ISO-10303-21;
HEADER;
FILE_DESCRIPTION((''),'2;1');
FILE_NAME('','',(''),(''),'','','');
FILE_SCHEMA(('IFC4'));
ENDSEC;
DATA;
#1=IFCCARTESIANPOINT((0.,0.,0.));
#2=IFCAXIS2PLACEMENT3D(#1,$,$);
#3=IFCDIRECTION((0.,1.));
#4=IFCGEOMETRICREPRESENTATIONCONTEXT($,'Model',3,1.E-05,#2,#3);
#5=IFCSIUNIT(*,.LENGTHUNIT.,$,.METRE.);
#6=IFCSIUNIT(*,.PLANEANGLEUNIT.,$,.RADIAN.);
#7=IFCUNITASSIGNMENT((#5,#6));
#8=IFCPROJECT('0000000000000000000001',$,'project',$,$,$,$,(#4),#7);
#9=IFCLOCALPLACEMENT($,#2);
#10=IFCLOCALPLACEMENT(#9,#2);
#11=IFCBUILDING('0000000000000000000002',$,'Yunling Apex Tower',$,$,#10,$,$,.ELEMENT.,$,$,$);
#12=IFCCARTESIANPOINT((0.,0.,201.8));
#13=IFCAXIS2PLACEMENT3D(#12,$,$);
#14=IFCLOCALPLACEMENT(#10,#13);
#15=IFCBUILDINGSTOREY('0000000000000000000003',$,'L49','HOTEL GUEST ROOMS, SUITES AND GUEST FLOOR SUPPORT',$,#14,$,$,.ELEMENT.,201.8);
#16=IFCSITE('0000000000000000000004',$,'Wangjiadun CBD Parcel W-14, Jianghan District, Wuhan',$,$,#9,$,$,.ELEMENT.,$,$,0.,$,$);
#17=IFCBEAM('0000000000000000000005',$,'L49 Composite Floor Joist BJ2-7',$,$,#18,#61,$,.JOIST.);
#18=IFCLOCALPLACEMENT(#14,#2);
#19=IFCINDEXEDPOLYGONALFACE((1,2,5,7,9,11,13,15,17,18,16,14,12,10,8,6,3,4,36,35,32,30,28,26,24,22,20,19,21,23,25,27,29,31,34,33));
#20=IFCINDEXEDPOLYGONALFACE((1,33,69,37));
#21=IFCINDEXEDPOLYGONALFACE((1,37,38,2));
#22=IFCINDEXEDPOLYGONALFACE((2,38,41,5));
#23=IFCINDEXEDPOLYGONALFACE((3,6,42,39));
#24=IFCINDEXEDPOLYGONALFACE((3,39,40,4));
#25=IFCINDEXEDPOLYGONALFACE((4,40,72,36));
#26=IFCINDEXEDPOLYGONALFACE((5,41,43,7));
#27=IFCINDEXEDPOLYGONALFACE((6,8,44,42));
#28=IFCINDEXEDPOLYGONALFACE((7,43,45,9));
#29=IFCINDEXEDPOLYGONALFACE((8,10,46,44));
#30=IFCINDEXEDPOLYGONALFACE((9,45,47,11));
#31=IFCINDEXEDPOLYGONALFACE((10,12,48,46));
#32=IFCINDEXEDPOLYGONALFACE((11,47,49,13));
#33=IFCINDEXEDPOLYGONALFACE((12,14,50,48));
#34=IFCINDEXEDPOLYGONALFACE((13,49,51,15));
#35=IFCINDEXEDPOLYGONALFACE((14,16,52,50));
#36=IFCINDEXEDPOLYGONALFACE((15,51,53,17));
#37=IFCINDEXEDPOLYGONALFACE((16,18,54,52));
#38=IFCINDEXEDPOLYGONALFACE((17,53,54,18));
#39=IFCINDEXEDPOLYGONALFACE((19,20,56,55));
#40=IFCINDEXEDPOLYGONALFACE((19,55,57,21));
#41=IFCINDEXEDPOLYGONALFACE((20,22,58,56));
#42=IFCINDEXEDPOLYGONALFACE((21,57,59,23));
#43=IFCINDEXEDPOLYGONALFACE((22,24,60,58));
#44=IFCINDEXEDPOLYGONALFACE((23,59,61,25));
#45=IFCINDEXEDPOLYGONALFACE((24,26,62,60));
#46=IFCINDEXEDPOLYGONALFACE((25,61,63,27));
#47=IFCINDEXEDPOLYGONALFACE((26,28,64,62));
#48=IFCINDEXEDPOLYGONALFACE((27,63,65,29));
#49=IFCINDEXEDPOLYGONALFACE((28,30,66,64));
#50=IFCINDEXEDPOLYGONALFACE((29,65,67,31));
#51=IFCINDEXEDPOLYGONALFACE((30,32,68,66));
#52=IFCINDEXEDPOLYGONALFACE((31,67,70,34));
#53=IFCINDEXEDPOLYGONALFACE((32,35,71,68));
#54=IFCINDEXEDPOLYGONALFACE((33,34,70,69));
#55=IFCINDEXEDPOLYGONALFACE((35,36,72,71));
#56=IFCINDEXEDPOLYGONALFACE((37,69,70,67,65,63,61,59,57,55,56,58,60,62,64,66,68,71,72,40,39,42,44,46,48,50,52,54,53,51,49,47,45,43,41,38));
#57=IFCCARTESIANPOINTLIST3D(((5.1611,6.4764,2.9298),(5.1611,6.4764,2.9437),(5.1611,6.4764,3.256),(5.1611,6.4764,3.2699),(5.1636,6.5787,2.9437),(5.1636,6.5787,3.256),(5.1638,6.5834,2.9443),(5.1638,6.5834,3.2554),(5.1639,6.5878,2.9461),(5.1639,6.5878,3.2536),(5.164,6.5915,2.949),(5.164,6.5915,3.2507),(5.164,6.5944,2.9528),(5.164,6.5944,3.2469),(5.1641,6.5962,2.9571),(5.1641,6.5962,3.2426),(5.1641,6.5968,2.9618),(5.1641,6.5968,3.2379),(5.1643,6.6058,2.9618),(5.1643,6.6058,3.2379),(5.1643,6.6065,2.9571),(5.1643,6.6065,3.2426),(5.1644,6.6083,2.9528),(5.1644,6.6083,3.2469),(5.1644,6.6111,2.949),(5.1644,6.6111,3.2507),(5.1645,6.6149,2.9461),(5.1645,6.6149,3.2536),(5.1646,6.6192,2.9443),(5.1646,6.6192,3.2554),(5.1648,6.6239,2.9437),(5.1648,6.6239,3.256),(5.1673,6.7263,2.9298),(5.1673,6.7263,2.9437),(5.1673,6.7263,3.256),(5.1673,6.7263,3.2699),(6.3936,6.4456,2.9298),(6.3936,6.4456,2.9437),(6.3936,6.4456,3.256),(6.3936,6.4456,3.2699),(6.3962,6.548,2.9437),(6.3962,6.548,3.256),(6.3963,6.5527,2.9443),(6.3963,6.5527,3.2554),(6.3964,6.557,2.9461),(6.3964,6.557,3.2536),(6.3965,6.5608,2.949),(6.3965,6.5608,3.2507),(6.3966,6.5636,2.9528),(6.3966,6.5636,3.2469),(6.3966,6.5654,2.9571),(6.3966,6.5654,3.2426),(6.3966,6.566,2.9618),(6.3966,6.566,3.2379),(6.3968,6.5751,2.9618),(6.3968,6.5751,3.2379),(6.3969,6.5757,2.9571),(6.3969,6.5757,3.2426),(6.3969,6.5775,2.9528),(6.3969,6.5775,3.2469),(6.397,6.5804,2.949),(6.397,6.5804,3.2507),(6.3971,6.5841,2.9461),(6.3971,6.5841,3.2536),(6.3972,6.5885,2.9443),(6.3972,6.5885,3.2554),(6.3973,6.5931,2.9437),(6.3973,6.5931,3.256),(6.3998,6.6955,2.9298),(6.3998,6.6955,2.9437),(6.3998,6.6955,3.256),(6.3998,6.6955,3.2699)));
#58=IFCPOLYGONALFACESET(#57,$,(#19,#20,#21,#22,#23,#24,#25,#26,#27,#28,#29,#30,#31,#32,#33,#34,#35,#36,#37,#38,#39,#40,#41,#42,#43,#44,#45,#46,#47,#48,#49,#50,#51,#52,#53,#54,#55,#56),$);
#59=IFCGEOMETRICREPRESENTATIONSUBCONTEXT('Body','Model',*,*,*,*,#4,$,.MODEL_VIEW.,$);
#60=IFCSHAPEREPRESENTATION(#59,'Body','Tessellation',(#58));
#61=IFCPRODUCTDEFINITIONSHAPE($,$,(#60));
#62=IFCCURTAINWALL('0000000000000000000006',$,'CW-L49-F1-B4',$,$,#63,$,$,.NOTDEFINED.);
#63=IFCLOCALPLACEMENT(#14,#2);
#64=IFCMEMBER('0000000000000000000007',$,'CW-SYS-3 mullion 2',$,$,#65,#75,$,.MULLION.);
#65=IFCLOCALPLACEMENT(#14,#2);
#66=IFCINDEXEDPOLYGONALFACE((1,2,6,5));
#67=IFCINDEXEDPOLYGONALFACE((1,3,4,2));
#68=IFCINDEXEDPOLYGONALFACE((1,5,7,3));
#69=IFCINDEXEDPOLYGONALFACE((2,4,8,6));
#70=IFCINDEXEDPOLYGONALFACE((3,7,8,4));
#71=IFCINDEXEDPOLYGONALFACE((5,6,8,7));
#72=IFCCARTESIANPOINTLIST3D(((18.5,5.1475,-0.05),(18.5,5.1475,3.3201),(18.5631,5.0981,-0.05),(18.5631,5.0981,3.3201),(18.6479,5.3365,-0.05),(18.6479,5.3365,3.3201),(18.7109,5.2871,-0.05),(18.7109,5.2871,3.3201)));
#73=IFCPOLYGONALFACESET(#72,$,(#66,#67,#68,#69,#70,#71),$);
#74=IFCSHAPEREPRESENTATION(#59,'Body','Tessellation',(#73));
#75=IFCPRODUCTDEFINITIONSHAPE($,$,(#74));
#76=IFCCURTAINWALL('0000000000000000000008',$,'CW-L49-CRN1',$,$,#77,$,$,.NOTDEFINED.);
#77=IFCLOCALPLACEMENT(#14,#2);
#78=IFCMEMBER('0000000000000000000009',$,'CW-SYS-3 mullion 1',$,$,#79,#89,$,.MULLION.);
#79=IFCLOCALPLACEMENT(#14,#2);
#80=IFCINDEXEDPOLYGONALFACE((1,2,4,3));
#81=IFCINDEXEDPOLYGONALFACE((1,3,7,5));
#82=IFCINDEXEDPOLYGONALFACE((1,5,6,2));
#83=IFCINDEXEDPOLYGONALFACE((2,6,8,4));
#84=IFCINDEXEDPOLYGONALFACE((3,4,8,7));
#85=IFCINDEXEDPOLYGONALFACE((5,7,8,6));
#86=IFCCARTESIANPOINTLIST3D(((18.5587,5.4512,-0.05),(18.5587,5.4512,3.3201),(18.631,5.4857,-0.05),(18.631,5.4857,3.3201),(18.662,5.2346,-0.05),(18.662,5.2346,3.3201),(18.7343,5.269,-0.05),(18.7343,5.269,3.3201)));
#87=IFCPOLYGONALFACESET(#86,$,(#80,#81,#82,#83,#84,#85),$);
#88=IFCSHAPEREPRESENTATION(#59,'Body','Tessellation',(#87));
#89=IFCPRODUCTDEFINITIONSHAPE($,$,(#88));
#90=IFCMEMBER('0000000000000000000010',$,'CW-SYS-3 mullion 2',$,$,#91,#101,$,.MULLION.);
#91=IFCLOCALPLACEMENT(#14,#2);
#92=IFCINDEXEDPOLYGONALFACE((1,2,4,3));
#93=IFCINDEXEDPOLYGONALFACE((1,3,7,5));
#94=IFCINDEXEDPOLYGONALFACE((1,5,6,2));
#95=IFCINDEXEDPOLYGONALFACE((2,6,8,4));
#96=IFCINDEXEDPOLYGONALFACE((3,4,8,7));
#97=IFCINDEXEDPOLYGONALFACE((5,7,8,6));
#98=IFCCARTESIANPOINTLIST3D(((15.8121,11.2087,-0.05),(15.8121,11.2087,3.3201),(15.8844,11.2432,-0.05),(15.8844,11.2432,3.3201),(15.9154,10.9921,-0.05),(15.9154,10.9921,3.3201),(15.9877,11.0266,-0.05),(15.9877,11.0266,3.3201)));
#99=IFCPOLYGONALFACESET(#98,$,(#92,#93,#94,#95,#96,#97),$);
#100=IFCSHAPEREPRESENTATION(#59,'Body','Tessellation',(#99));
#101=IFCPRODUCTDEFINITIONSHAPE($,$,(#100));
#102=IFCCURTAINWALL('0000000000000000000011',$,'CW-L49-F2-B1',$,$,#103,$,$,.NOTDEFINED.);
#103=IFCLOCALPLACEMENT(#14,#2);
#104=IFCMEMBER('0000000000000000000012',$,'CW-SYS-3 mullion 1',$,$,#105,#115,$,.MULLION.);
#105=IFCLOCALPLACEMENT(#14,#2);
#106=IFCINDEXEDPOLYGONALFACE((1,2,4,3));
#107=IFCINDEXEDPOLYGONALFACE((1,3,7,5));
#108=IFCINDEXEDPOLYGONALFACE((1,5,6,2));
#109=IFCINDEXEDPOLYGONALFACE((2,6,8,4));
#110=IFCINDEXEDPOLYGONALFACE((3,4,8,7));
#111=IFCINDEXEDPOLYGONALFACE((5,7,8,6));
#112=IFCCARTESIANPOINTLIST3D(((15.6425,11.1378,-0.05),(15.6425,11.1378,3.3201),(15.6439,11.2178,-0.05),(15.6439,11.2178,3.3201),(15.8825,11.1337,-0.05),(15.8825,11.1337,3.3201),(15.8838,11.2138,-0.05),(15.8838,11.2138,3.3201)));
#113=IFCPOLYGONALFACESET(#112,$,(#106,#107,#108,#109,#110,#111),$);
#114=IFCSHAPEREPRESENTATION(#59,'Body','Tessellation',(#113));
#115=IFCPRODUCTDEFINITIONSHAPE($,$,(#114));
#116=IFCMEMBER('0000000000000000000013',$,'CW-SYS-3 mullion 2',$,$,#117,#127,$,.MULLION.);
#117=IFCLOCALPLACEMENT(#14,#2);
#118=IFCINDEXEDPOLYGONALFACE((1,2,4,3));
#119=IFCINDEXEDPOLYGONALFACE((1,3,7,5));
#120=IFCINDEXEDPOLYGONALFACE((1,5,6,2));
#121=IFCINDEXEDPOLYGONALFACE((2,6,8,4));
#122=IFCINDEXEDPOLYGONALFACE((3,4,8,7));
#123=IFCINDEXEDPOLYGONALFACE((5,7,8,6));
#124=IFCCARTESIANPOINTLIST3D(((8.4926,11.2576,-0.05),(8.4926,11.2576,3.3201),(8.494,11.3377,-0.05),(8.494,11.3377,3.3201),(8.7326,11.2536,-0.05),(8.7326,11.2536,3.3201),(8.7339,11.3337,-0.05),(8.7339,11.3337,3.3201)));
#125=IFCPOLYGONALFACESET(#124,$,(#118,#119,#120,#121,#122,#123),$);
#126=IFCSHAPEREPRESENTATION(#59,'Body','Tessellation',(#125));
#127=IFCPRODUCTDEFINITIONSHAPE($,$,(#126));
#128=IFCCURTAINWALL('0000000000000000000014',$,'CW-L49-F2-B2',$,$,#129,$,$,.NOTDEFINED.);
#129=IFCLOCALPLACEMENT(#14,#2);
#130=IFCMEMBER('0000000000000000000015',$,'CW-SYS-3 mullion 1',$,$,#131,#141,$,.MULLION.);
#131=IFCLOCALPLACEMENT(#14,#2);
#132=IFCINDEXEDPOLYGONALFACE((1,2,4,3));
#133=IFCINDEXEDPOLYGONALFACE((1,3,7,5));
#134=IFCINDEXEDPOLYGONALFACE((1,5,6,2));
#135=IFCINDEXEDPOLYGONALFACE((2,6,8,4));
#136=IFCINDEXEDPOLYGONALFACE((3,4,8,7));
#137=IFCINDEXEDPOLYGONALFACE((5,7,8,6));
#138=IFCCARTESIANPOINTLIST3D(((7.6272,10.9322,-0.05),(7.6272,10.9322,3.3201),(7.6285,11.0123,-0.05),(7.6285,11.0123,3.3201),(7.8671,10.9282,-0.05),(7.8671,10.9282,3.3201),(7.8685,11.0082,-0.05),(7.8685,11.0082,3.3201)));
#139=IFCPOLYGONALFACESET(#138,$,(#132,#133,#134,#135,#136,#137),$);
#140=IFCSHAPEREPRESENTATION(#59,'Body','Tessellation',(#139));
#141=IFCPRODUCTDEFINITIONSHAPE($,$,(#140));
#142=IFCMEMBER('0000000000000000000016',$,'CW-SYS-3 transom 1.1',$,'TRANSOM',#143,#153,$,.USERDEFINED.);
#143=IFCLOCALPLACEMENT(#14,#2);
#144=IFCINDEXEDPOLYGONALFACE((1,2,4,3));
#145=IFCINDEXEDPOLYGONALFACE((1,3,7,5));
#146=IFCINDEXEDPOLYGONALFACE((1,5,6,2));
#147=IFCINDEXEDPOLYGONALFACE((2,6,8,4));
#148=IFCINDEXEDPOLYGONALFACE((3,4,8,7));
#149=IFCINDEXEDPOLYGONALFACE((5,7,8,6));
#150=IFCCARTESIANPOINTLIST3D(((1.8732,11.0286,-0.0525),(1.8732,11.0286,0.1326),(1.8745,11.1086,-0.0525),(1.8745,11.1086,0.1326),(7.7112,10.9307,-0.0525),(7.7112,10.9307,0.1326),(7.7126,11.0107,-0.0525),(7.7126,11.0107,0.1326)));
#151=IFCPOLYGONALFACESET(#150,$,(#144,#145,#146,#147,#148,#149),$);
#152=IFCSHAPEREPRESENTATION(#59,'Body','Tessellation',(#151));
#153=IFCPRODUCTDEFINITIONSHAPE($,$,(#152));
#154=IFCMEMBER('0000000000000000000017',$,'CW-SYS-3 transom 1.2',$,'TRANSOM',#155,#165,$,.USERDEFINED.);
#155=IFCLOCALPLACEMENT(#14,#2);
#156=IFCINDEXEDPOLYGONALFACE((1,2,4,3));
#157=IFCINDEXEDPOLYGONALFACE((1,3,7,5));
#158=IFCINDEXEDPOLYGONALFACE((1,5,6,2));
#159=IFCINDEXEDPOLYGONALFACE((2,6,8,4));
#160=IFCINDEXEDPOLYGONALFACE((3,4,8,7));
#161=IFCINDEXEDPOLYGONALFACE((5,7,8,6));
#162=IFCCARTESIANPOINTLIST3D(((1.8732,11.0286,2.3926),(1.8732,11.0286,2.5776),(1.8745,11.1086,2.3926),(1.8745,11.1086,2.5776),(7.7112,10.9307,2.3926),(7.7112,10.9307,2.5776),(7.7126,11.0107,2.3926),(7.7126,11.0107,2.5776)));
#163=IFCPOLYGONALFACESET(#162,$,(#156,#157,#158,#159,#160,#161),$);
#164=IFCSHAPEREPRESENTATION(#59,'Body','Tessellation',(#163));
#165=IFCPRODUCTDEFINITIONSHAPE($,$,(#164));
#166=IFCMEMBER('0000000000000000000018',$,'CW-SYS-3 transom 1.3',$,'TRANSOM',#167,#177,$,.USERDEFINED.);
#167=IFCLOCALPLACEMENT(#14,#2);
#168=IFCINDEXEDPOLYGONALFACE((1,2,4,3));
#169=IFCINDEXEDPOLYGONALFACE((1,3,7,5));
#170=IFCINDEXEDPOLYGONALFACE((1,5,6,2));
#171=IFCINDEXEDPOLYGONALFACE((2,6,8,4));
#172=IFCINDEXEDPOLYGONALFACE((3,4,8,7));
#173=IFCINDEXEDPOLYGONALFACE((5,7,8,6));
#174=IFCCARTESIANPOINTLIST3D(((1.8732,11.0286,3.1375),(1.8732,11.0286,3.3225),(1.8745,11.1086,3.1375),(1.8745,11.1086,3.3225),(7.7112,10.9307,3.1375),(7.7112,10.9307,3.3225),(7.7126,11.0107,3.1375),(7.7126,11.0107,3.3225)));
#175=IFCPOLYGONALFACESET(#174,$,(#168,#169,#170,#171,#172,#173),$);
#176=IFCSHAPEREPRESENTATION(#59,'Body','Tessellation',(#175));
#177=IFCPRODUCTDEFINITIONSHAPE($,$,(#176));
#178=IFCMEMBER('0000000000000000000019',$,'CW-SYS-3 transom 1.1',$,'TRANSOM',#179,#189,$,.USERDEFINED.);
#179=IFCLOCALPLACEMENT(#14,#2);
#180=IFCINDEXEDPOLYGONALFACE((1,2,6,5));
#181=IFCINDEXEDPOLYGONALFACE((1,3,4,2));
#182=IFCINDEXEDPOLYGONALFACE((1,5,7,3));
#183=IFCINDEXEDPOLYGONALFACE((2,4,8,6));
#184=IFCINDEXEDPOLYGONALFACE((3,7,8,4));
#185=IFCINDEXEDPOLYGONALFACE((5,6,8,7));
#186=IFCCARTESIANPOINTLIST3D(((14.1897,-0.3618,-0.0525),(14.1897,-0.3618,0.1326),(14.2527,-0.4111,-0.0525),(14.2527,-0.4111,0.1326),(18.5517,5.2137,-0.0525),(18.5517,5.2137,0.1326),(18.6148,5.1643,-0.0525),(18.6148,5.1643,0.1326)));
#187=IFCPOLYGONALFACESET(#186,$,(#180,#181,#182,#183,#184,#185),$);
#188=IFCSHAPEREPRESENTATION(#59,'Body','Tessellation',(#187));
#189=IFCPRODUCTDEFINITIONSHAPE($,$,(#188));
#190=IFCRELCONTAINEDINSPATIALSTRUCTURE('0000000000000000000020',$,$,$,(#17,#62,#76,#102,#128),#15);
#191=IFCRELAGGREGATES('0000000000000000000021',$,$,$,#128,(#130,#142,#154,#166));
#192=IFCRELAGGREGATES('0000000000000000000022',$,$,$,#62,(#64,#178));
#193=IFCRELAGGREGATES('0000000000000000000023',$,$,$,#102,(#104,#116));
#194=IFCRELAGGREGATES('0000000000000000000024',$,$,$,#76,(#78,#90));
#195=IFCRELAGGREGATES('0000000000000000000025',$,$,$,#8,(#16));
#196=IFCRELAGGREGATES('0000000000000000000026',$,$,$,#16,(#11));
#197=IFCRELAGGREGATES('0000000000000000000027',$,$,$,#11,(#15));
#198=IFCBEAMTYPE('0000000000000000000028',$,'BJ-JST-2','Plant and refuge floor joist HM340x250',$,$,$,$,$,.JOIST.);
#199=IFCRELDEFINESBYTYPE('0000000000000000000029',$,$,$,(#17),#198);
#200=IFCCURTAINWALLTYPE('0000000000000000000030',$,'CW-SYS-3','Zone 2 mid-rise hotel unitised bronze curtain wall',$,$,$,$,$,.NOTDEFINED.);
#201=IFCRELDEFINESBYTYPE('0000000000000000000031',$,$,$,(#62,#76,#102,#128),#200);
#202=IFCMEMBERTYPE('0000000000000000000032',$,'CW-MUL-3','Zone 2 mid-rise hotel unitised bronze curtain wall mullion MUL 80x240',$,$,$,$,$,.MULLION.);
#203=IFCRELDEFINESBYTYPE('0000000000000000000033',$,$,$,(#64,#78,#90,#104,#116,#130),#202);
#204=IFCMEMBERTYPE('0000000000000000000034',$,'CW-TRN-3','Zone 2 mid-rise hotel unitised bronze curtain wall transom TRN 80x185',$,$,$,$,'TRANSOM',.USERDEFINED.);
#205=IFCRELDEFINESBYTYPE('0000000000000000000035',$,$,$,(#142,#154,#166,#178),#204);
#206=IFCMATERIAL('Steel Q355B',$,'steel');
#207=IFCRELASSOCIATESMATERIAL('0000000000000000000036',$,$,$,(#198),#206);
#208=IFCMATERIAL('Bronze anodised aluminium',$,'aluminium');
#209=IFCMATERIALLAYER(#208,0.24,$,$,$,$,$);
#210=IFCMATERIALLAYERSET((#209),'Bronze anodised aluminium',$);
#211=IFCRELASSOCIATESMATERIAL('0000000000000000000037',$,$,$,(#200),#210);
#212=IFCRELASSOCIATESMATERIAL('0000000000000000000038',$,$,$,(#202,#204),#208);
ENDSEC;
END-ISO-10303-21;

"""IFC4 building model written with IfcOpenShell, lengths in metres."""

from ifc_helpers import new_model, si_unit, direction, frame, origin, origin_2d, place, context, subcontext, project, spatial, rectangle, i_section, extrude, source, transform, mapped, material, layer, layer_set, material_profile, profile_set, type_object, element, aggregate, save


model = new_model("IFC4")

# Units and contexts
model_context = context("Model", 3, precision=1e-05, world=origin(), true_north=direction((0.0, 1.0)))
body_context = subcontext(model_context, "Body", "Model", "MODEL_VIEW")
ifc_project = project(units=[si_unit("LENGTHUNIT", "METRE"), si_unit("PLANEANGLEUNIT", "RADIAN")], contexts=[model_context])

# Site, building, storey
site_placement = place(None, origin())
site = spatial("IfcSite", under=ifc_project, at=site_placement, Name="Wangjiadun CBD Parcel W-14, Jianghan District, Wuhan", CompositionType="ELEMENT", RefElevation=0.0)
building_placement = place(site_placement, origin())
building = spatial("IfcBuilding", under=site, at=building_placement, Name="Yunling Apex Tower", CompositionType="ELEMENT")
storey_placement = place(building_placement, frame((0.0, 0.0, 201.8)))
storey = spatial("IfcBuildingStorey", under=building, at=storey_placement, Name="L49", Description="HOTEL GUEST ROOMS, SUITES AND GUEST FLOOR SUPPORT", CompositionType="ELEMENT", Elevation=201.8)

# Beam
ifc_material_1 = material(Name="Steel Q355B", Category="steel")
ifc_material_profile_1 = material_profile(ifc_material_1, i_section(OverallWidth=0.25, OverallDepth=0.3401, WebThickness=0.009, FlangeThickness=0.0139, FilletRadius=0.0181, at=origin_2d()))
ifc_profile_set_1 = profile_set([ifc_material_profile_1], Name="Steel Q355B")
beam_type_1 = type_object("IfcBeamType", Name="BJ-JST-2", Description="Plant and refuge floor joist HM340x250", PredefinedType="JOIST", material=ifc_profile_set_1)
shared_shape_1 = source(origin(), body_context, "Body", "SweptSolid", [
    extrude(i_section(OverallWidth=0.25, OverallDepth=0.3401, WebThickness=0.009, FlangeThickness=0.0139, FilletRadius=0.0181, at=origin_2d()), origin(), (0.0, 0.0, 1.0), 1.2329),
])
beam_1_placement = place(storey_placement, frame((6.3967, 6.5706, 3.0999), z_axis=(-0.999689, 0.024953, 0.0), x_axis=(-0.024953, -0.999689, 0.0)))
element("IfcBeam", 1, at=beam_1_placement, inside=storey, type_object=beam_type_1, Name="L49 Composite Floor Joist BJ2-7", PredefinedType="JOIST", context=body_context, shape_type="MappedRepresentation", body=[
    mapped(shared_shape_1, transform((0.0, 0.0, 0.0), scale=1.0)),
])

# Curtain wall, member
ifc_material_2 = material(Name="Bronze anodised aluminium", Category="aluminium")
ifc_layer_1 = layer(ifc_material_2, 0.24)
ifc_layer_set_1 = layer_set([ifc_layer_1], Name="Bronze anodised aluminium")
curtain_wall_type = type_object("IfcCurtainWallType", Name="CW-SYS-3", Description="Zone 2 mid-rise hotel unitised bronze curtain wall", PredefinedType="NOTDEFINED", material=ifc_layer_set_1)
curtain_wall_1_placement = place(storey_placement, origin())
curtain_wall_1 = element("IfcCurtainWall", 2, at=curtain_wall_1_placement, inside=storey, type_object=curtain_wall_type, Name="CW-L49-F1-B4", PredefinedType="NOTDEFINED")
ifc_material_profile_2 = material_profile(ifc_material_2, rectangle(XDim=0.0801, YDim=0.24, at=origin_2d()))
ifc_profile_set_2 = profile_set([ifc_material_profile_2], Name="Bronze anodised aluminium")
member_type_1 = type_object("IfcMemberType", Name="CW-MUL-3", Description="Zone 2 mid-rise hotel unitised bronze curtain wall mullion MUL 80x240", PredefinedType="MULLION", material=ifc_profile_set_2)
shared_shape_2 = source(origin(), body_context, "Body", "SweptSolid", [
    extrude(rectangle(XDim=0.0801, YDim=0.24, at=origin_2d()), origin(), (0.0, 0.0, 1.0), 3.3701),
])
member_1_placement = place(storey_placement, frame((18.6055, 5.2173, -0.05), z_axis=(0.0, 0.0, 1.0), x_axis=(-0.787589, 0.6162, 0.0)))
member_1 = element("IfcMember", 3, at=member_1_placement, type_object=member_type_1, Name="CW-SYS-3 mullion 2", PredefinedType="MULLION", context=body_context, shape_type="MappedRepresentation", body=[
    mapped(shared_shape_2, transform((0.0, 0.0, 0.0), scale=1.0)),
])

# Curtain walls, members
curtain_wall_2_placement = place(storey_placement, origin())
curtain_wall_2 = element("IfcCurtainWall", 4, at=curtain_wall_2_placement, inside=storey, type_object=curtain_wall_type, Name="CW-L49-CRN1", PredefinedType="NOTDEFINED")
member_2_placement = place(storey_placement, frame((18.6465, 5.3601, -0.05), z_axis=(0.0, 0.0, 1.0), x_axis=(-0.902578, -0.430527, 0.0)))
member_2 = element("IfcMember", 5, at=member_2_placement, type_object=member_type_1, Name="CW-SYS-3 mullion 1", PredefinedType="MULLION", context=body_context, shape_type="MappedRepresentation", body=[
    mapped(shared_shape_2, transform((0.0, 0.0, 0.0), scale=1.0)),
])
member_3_placement = place(storey_placement, frame((15.8999, 11.1177, -0.05), z_axis=(0.0, 0.0, 1.0), x_axis=(-0.902578, -0.430527, 0.0)))
member_3 = element("IfcMember", 6, at=member_3_placement, type_object=member_type_1, Name="CW-SYS-3 mullion 2", PredefinedType="MULLION", context=body_context, shape_type="MappedRepresentation", body=[
    mapped(shared_shape_2, transform((0.0, 0.0, 0.0), scale=1.0)),
])
curtain_wall_3_placement = place(storey_placement, origin())
curtain_wall_3 = element("IfcCurtainWall", 7, at=curtain_wall_3_placement, inside=storey, type_object=curtain_wall_type, Name="CW-L49-F2-B1", PredefinedType="NOTDEFINED")
member_4_placement = place(storey_placement, frame((15.7632, 11.1758, -0.05), z_axis=(0.0, 0.0, 1.0), x_axis=(-0.016761, -0.99986, 0.0)))
member_4 = element("IfcMember", 8, at=member_4_placement, type_object=member_type_1, Name="CW-SYS-3 mullion 1", PredefinedType="MULLION", context=body_context, shape_type="MappedRepresentation", body=[
    mapped(shared_shape_2, transform((0.0, 0.0, 0.0), scale=1.0)),
])
member_5_placement = place(storey_placement, frame((8.6133, 11.2957, -0.05), z_axis=(0.0, 0.0, 1.0), x_axis=(-0.016761, -0.99986, 0.0)))
member_5 = element("IfcMember", 9, at=member_5_placement, type_object=member_type_1, Name="CW-SYS-3 mullion 2", PredefinedType="MULLION", context=body_context, shape_type="MappedRepresentation", body=[
    mapped(shared_shape_2, transform((0.0, 0.0, 0.0), scale=1.0)),
])
curtain_wall_4_placement = place(storey_placement, origin())
curtain_wall_4 = element("IfcCurtainWall", 10, at=curtain_wall_4_placement, inside=storey, type_object=curtain_wall_type, Name="CW-L49-F2-B2", PredefinedType="NOTDEFINED")
member_6_placement = place(storey_placement, frame((7.7478, 10.9702, -0.05), z_axis=(0.0, 0.0, 1.0), x_axis=(-0.016759, -0.99986, 0.0)))
member_6 = element("IfcMember", 11, at=member_6_placement, type_object=member_type_1, Name="CW-SYS-3 mullion 1", PredefinedType="MULLION", context=body_context, shape_type="MappedRepresentation", body=[
    mapped(shared_shape_2, transform((0.0, 0.0, 0.0), scale=1.0)),
])
ifc_material_profile_3 = material_profile(ifc_material_2, rectangle(XDim=0.0801, YDim=0.1851, at=origin_2d()))
ifc_profile_set_3 = profile_set([ifc_material_profile_3], Name="Bronze anodised aluminium")
member_type_2 = type_object("IfcMemberType", Name="CW-TRN-3", Description="Zone 2 mid-rise hotel unitised bronze curtain wall transom TRN 80x185", ElementType="TRANSOM", PredefinedType="USERDEFINED", material=ifc_profile_set_3)
shared_shape_3 = source(origin(), body_context, "Body", "SweptSolid", [
    extrude(rectangle(XDim=0.0801, YDim=0.1851, at=origin_2d()), origin(), (0.0, 0.0, 1.0), 5.8389),
])
member_7_placement = place(storey_placement, frame((7.7119, 10.9707, 0.04), z_axis=(-0.999859, 0.016767, 0.0), x_axis=(-0.016767, -0.999859, 0.0)))
member_7 = element("IfcMember", 12, at=member_7_placement, type_object=member_type_2, Name="CW-SYS-3 transom 1.1", ObjectType="TRANSOM", PredefinedType="USERDEFINED", context=body_context, shape_type="MappedRepresentation", body=[
    mapped(shared_shape_3, transform((0.0, 0.0, 0.0), scale=1.0)),
])
member_8_placement = place(storey_placement, frame((7.7119, 10.9707, 2.4851), z_axis=(-0.999859, 0.016767, 0.0), x_axis=(-0.016767, -0.999859, 0.0)))
member_8 = element("IfcMember", 13, at=member_8_placement, type_object=member_type_2, Name="CW-SYS-3 transom 1.2", ObjectType="TRANSOM", PredefinedType="USERDEFINED", context=body_context, shape_type="MappedRepresentation", body=[
    mapped(shared_shape_3, transform((0.0, 0.0, 0.0), scale=1.0)),
])
member_9_placement = place(storey_placement, frame((7.7119, 10.9707, 3.23), z_axis=(-0.999859, 0.016767, 0.0), x_axis=(-0.016767, -0.999859, 0.0)))
member_9 = element("IfcMember", 14, at=member_9_placement, type_object=member_type_2, Name="CW-SYS-3 transom 1.3", ObjectType="TRANSOM", PredefinedType="USERDEFINED", context=body_context, shape_type="MappedRepresentation", body=[
    mapped(shared_shape_3, transform((0.0, 0.0, 0.0), scale=1.0)),
])
aggregate(curtain_wall_4, [member_6, member_7, member_8, member_9])

# Member
shared_shape_4 = source(origin(), body_context, "Body", "SweptSolid", [
    extrude(rectangle(XDim=0.0801, YDim=0.1851, at=origin_2d()), origin(), (0.0, 0.0, 1.0), 7.0791),
])
member_10_placement = place(storey_placement, frame((14.2212, -0.3865, 0.04), z_axis=(0.616192, 0.787596, 0.0), x_axis=(-0.787596, 0.616192, 0.0)))
member_10 = element("IfcMember", 15, at=member_10_placement, type_object=member_type_2, Name="CW-SYS-3 transom 1.1", ObjectType="TRANSOM", PredefinedType="USERDEFINED", context=body_context, shape_type="MappedRepresentation", body=[
    mapped(shared_shape_4, transform((0.0, 0.0, 0.0), scale=1.0)),
])

aggregate(curtain_wall_1, [member_1, member_10])
aggregate(curtain_wall_3, [member_4, member_5])
aggregate(curtain_wall_2, [member_2, member_3])

save(model, "model.ifc")
